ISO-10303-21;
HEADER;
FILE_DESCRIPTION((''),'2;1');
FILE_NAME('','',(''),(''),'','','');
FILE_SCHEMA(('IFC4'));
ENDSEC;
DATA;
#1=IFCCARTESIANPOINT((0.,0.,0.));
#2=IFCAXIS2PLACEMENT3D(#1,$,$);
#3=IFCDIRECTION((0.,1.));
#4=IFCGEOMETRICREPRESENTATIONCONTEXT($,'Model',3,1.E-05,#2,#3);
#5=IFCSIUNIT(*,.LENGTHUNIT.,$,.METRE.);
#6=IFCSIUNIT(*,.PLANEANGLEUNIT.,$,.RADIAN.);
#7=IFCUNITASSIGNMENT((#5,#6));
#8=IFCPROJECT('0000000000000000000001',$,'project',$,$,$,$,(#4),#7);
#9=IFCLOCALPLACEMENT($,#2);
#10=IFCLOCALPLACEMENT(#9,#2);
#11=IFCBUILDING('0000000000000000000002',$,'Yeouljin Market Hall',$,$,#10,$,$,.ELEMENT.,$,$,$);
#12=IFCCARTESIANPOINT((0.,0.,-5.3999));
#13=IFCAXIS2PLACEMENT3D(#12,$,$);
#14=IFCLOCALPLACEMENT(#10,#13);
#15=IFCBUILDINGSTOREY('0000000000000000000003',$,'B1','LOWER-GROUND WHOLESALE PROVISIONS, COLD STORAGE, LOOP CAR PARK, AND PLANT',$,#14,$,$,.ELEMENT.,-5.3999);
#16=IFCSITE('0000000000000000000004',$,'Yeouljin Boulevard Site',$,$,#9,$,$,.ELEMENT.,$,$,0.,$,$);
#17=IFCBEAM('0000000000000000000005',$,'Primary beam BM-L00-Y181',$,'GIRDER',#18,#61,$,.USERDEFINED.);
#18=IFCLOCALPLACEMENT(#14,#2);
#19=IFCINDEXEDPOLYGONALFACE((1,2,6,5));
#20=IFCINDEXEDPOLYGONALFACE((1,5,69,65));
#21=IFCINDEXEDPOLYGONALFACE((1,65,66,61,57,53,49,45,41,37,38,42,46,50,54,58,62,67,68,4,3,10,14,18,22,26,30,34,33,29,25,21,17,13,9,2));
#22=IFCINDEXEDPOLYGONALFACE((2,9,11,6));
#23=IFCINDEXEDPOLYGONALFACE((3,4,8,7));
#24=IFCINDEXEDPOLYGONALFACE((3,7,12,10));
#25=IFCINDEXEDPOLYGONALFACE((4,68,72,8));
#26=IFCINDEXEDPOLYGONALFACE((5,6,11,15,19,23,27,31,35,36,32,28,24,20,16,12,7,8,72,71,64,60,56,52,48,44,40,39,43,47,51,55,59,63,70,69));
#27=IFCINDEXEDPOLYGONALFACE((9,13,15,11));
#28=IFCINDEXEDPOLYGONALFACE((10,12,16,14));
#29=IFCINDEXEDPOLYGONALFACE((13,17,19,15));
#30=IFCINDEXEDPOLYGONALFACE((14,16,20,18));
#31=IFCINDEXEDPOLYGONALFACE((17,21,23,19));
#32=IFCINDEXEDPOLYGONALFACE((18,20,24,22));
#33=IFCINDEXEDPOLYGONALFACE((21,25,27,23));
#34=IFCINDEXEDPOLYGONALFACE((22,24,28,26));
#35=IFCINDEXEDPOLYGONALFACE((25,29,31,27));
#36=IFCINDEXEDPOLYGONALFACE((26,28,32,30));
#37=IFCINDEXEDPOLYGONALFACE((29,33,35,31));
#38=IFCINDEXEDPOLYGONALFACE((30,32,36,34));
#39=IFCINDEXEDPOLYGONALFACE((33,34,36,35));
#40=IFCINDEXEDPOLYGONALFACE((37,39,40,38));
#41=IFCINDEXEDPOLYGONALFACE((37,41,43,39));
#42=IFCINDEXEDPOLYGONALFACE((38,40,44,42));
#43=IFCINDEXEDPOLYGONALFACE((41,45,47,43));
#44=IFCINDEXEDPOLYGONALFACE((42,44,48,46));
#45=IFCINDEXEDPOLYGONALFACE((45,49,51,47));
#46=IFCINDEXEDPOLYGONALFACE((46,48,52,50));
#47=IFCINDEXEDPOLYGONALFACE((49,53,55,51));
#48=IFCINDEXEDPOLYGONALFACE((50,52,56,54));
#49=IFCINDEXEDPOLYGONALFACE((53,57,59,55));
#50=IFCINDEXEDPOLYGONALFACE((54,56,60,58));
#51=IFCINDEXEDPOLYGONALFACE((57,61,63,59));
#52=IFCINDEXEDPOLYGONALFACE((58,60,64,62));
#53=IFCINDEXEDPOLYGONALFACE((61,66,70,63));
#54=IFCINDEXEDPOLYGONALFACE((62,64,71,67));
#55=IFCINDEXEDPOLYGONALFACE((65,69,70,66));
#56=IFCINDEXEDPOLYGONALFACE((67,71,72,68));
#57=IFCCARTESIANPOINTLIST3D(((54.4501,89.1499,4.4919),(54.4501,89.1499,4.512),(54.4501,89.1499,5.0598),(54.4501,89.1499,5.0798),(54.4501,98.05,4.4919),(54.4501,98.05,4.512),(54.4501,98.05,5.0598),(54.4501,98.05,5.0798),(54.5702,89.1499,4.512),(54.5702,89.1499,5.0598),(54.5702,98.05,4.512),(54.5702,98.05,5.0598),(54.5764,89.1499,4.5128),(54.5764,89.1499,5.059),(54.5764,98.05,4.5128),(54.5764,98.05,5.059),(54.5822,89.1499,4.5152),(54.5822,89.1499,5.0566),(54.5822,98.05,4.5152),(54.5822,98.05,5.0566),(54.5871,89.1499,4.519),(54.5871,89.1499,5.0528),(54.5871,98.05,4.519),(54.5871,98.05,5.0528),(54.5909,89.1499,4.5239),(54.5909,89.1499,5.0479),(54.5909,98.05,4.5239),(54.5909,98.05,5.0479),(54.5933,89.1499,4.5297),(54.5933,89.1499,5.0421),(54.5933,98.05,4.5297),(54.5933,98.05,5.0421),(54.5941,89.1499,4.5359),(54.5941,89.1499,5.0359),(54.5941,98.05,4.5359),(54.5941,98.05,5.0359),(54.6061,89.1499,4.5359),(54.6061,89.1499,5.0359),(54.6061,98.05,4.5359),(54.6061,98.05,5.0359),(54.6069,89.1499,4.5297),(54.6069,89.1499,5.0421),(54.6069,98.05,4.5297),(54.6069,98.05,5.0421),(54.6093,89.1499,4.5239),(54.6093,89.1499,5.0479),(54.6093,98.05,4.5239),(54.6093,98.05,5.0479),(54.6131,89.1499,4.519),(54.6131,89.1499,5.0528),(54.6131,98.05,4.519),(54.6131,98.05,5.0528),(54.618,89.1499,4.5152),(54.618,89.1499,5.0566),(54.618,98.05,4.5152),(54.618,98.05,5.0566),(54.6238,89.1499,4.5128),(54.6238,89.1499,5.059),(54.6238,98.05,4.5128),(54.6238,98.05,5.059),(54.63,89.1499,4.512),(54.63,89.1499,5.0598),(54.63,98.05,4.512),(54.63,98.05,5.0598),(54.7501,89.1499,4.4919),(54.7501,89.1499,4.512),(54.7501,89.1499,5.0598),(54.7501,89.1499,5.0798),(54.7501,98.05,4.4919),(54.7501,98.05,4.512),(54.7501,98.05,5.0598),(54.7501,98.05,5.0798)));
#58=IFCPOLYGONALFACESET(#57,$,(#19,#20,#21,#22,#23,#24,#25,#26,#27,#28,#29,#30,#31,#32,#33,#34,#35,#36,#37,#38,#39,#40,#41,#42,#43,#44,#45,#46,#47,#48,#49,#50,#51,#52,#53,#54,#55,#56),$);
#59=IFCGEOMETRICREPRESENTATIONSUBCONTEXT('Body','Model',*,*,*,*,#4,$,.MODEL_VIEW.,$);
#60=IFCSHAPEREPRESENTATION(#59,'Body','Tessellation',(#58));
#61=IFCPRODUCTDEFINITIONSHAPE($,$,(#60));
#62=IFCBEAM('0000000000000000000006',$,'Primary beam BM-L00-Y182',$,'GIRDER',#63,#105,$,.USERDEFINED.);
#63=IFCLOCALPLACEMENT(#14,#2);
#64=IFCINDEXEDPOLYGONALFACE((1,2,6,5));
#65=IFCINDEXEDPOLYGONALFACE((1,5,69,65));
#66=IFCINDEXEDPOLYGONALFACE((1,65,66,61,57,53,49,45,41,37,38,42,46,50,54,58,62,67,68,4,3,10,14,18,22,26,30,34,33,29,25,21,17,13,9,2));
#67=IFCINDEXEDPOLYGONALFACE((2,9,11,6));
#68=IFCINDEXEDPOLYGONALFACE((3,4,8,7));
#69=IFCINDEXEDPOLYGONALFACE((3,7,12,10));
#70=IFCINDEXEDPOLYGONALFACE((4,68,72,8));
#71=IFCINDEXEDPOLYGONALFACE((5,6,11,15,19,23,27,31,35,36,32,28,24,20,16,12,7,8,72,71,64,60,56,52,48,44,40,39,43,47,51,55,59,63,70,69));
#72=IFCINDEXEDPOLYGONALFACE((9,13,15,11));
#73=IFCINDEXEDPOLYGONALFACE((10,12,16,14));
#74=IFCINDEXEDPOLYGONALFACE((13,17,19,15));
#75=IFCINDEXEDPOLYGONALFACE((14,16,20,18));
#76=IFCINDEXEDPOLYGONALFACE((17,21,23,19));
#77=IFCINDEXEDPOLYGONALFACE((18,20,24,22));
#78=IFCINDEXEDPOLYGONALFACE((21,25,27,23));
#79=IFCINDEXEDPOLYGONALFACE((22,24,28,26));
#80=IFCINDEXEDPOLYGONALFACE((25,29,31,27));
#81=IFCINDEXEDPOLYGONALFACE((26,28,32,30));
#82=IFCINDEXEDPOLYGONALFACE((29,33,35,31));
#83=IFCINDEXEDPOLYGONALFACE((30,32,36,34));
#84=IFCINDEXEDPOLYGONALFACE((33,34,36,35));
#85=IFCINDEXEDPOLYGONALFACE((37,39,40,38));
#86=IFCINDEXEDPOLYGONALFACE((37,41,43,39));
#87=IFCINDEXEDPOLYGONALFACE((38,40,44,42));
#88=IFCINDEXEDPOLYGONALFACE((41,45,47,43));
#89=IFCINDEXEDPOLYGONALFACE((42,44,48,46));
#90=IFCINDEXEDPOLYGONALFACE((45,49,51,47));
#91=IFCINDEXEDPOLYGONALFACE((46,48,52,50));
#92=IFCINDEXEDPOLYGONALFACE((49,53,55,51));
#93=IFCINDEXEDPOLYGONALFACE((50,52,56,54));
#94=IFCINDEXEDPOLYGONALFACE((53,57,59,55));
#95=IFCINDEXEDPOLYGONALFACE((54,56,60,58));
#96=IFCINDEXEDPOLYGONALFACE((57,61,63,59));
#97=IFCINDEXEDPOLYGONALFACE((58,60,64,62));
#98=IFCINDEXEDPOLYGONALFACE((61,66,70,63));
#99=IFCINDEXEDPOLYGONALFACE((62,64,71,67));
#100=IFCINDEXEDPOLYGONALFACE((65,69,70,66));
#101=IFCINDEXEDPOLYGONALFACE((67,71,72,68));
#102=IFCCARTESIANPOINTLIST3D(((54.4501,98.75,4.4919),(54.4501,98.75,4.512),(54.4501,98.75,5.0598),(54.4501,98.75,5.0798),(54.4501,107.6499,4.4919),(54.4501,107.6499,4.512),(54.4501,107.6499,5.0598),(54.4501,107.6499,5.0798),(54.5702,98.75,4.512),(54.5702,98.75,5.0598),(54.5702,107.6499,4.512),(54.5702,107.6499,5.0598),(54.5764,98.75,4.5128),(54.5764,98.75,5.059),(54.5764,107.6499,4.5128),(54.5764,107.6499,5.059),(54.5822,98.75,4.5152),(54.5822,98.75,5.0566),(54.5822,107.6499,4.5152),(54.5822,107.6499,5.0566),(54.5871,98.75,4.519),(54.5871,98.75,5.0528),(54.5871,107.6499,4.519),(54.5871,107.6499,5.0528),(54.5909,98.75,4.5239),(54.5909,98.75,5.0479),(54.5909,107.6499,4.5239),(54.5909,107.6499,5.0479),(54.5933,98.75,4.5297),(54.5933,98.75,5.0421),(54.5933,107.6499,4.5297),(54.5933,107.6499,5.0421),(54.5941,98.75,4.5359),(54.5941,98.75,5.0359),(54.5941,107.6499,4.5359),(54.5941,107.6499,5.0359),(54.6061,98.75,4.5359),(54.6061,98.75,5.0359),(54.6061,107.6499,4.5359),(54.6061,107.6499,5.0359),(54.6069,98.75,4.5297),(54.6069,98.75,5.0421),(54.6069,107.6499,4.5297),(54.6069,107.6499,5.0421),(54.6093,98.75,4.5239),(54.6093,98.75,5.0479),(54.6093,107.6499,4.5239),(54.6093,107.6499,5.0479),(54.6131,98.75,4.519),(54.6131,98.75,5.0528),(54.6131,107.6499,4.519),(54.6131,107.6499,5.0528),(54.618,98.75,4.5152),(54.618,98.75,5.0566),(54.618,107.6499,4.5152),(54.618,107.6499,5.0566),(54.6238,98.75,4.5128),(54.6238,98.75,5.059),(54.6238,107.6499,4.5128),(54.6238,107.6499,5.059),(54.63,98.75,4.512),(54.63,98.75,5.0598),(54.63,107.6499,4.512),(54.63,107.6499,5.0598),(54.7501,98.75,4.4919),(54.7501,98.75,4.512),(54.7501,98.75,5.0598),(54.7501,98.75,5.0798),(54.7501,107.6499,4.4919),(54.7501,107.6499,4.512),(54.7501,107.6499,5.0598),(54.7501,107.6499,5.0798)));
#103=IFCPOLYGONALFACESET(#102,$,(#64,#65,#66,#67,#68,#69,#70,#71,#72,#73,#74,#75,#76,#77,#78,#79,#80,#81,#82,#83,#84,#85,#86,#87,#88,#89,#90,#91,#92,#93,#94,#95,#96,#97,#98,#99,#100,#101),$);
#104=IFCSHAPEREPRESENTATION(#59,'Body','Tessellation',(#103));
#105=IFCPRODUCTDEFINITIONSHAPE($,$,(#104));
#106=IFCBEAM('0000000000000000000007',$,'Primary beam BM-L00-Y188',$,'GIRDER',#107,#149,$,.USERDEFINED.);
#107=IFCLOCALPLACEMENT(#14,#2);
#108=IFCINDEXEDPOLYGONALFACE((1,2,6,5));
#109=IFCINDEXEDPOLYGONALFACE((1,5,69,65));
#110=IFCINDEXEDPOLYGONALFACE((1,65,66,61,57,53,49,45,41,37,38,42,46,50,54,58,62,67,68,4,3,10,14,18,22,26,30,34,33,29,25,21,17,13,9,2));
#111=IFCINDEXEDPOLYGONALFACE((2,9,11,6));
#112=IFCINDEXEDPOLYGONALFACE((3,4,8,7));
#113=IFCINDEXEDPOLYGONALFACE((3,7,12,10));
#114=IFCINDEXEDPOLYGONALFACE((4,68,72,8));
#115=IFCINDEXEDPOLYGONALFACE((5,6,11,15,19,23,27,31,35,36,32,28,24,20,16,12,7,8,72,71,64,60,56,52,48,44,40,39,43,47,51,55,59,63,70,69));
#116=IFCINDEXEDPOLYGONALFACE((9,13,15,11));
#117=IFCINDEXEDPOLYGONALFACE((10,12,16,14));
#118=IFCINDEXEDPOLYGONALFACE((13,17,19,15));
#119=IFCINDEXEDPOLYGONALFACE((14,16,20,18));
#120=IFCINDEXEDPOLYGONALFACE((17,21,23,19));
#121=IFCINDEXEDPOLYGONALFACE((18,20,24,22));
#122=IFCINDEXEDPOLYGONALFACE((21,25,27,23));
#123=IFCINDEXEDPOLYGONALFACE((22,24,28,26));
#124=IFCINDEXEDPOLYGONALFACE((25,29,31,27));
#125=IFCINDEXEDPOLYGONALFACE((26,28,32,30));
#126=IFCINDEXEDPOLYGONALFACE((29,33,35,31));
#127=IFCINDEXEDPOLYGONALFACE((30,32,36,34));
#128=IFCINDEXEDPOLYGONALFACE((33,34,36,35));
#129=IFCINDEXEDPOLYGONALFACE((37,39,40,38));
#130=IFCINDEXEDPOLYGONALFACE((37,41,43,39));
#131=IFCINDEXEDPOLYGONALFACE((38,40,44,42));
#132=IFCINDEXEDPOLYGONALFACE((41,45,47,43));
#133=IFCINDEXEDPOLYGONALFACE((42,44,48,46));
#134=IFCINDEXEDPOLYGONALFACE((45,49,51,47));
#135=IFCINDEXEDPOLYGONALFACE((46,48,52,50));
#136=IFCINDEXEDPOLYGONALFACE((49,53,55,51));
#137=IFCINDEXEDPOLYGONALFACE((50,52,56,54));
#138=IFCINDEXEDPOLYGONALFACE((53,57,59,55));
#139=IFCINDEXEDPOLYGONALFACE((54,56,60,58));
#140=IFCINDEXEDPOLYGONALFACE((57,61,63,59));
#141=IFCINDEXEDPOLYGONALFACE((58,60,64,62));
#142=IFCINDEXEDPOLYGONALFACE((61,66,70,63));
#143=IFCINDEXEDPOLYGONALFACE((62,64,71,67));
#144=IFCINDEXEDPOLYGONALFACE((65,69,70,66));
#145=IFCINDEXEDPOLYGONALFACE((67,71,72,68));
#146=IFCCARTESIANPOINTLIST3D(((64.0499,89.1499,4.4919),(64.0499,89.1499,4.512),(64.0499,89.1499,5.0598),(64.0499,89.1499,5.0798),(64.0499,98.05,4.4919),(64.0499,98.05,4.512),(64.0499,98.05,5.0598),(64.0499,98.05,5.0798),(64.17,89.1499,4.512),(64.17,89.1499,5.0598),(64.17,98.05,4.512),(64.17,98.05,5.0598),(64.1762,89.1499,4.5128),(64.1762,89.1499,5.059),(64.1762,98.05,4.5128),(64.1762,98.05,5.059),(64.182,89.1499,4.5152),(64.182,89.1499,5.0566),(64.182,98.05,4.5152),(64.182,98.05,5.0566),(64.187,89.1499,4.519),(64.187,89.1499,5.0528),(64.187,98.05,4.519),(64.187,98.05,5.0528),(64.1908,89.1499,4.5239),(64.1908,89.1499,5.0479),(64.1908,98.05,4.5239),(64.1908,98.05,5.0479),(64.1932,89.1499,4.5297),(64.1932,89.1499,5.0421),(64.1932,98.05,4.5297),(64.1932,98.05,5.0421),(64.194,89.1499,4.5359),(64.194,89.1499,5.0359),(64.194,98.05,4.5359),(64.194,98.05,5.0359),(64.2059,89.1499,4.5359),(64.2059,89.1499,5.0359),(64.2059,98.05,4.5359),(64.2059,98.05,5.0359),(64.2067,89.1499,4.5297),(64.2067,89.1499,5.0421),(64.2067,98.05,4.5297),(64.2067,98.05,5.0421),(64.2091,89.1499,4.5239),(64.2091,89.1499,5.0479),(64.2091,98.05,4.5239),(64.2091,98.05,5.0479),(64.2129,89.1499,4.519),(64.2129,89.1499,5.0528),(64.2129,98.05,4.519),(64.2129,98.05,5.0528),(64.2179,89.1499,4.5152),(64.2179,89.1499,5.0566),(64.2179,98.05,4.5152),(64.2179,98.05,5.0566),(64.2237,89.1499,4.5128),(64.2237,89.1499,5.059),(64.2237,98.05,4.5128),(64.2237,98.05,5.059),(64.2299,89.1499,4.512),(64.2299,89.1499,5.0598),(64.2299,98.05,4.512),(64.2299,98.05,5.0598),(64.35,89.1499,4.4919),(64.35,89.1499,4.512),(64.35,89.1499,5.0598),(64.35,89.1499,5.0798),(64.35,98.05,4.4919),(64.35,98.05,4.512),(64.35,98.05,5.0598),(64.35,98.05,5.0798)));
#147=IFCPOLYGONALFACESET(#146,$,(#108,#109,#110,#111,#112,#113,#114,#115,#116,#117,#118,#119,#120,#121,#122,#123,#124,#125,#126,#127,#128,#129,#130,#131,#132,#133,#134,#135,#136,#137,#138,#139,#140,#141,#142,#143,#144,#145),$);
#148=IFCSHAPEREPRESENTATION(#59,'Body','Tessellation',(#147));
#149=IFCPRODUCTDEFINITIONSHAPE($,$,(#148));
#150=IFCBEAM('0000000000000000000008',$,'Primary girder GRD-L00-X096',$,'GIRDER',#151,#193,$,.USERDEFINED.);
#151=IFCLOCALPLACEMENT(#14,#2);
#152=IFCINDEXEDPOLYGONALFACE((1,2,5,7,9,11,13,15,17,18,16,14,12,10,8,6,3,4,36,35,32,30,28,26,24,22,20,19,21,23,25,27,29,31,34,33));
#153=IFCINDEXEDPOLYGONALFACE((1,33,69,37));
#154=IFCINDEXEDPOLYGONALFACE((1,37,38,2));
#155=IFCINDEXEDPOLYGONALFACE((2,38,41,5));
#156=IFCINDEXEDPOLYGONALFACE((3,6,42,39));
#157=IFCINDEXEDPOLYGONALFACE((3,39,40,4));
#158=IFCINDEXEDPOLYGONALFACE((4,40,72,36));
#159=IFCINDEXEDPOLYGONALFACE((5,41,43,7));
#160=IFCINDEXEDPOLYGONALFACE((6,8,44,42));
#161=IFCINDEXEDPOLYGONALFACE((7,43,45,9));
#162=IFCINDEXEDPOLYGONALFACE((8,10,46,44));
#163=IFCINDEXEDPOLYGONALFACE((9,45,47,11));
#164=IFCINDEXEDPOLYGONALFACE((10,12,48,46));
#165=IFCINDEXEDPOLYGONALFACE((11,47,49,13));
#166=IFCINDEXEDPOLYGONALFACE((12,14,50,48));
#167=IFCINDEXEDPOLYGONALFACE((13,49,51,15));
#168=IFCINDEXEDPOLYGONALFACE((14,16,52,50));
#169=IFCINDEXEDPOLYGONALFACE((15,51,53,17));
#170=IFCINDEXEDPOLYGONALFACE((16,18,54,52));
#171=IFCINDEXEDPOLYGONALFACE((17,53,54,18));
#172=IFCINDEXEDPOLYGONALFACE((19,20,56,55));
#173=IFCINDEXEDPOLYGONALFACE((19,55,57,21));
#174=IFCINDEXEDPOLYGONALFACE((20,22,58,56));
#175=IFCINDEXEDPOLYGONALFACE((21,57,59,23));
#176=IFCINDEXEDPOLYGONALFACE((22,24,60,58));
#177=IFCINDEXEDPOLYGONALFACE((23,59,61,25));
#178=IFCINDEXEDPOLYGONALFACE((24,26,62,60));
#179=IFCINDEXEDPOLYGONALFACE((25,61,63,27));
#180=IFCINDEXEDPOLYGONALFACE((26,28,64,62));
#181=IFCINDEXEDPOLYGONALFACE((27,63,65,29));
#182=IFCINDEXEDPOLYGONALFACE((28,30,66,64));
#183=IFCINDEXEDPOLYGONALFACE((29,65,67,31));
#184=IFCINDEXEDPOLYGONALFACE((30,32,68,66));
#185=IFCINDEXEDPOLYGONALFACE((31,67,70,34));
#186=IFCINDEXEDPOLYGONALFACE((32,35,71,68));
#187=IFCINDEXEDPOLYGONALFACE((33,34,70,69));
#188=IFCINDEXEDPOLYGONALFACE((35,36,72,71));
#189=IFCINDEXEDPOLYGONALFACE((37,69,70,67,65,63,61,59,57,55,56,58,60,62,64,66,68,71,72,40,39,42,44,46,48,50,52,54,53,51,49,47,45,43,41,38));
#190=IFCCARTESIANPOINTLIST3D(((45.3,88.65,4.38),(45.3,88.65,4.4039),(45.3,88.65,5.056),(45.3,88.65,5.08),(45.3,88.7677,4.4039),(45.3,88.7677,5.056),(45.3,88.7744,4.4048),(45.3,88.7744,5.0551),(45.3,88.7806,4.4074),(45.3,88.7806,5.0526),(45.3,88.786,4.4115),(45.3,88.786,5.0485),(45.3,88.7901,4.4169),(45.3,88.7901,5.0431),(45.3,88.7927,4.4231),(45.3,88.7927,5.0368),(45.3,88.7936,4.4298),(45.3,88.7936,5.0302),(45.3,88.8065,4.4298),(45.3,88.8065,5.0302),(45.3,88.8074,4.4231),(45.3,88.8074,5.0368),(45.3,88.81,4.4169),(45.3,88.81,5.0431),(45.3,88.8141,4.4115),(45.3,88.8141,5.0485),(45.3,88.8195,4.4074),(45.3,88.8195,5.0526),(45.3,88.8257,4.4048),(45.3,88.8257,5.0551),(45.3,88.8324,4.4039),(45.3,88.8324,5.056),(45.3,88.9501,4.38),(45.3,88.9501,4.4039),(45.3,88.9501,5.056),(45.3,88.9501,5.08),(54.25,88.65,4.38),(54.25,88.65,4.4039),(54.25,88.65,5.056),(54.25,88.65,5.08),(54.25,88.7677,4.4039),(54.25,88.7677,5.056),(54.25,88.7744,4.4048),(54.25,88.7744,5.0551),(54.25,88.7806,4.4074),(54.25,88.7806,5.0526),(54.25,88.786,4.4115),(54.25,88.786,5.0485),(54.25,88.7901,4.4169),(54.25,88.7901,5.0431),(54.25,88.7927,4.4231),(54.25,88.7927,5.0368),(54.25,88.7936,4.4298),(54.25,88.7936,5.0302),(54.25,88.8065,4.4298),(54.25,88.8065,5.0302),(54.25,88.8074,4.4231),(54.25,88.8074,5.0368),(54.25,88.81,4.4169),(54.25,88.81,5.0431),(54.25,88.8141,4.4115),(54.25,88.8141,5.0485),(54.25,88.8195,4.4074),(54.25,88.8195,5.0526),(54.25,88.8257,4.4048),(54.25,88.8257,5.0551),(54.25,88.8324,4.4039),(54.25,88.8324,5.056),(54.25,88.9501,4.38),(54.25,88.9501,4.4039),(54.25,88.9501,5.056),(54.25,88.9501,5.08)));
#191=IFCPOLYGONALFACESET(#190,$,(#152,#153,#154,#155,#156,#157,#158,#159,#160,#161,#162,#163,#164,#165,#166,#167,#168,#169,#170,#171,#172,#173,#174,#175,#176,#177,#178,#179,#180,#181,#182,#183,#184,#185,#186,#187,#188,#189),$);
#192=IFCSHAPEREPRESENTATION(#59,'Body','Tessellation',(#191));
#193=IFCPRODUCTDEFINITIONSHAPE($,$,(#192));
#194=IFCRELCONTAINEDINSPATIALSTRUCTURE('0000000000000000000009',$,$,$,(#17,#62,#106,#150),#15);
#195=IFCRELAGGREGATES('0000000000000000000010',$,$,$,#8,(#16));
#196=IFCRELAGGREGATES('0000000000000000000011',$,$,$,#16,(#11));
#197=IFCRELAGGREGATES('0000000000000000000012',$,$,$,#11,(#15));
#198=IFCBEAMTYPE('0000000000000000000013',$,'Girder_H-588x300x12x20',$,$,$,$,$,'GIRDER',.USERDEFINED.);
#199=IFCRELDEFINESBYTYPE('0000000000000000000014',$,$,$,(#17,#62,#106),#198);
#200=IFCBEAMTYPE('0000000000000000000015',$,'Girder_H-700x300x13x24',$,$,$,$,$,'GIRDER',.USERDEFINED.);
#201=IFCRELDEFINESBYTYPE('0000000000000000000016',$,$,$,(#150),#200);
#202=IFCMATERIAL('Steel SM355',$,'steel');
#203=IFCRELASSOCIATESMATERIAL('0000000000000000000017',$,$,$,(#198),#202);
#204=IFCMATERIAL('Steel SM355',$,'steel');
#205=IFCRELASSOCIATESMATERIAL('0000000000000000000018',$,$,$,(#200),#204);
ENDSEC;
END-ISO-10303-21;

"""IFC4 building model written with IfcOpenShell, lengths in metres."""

from ifc_helpers import new_model, si_unit, direction, frame, origin, origin_2d, place, context, subcontext, project, spatial, i_section, extrude, material, material_profile, profile_set, type_object, element, save


model = new_model("IFC4")

# Units and contexts
model_context = context("Model", 3, precision=1e-05, world=origin(), true_north=direction((0.0, 1.0)))
body_context = subcontext(model_context, "Body", "Model", "MODEL_VIEW")
ifc_project = project(units=[si_unit("LENGTHUNIT", "METRE"), si_unit("PLANEANGLEUNIT", "RADIAN")], contexts=[model_context])

# Site, building, storey
site_placement = place(None, origin())
site = spatial("IfcSite", under=ifc_project, at=site_placement, Name="Yeouljin Boulevard Site", CompositionType="ELEMENT", RefElevation=0.0)
building_placement = place(site_placement, origin())
building = spatial("IfcBuilding", under=site, at=building_placement, Name="Yeouljin Market Hall", CompositionType="ELEMENT")
storey_placement = place(building_placement, frame((0.0, 0.0, -5.3999)))
storey = spatial("IfcBuildingStorey", under=building, at=storey_placement, Name="B1", Description="LOWER-GROUND WHOLESALE PROVISIONS, COLD STORAGE, LOOP CAR PARK, AND PLANT", CompositionType="ELEMENT", Elevation=-5.3999)

# Beams
ifc_material_1 = material(Name="Steel SM355", Category="steel")
ifc_material_profile_1 = material_profile(ifc_material_1, i_section(OverallWidth=0.3, OverallDepth=0.5879, WebThickness=0.012, FlangeThickness=0.02, FilletRadius=0.0239, at=origin_2d()), Name="H-588x300x12x20")
ifc_profile_set_1 = profile_set([ifc_material_profile_1], Name="Steel SM355")
beam_type_1 = type_object("IfcBeamType", Name="Girder_H-588x300x12x20", ElementType="GIRDER", PredefinedType="USERDEFINED", material=ifc_profile_set_1)
beam_1_placement = place(storey_placement, frame((54.6001, 89.1499, 4.7859), z_axis=(0.0, 1.0, 0.0), x_axis=(-1.0, 0.0, 0.0)))
element("IfcBeam", 1, at=beam_1_placement, inside=storey, type_object=beam_type_1, Name="Primary beam BM-L00-Y181", ObjectType="GIRDER", PredefinedType="USERDEFINED", context=body_context, shape_type="SweptSolid", body=[
    extrude(i_section(OverallWidth=0.3, OverallDepth=0.5879, WebThickness=0.012, FlangeThickness=0.02, FilletRadius=0.0239, at=origin_2d()), origin(), (0.0, 0.0, 1.0), 8.9001),
])
beam_2_placement = place(storey_placement, frame((54.6001, 98.75, 4.7859), z_axis=(0.0, 1.0, 0.0), x_axis=(-1.0, 0.0, 0.0)))
element("IfcBeam", 2, at=beam_2_placement, inside=storey, type_object=beam_type_1, Name="Primary beam BM-L00-Y182", ObjectType="GIRDER", PredefinedType="USERDEFINED", context=body_context, shape_type="SweptSolid", body=[
    extrude(i_section(OverallWidth=0.3, OverallDepth=0.5879, WebThickness=0.012, FlangeThickness=0.02, FilletRadius=0.0239, at=origin_2d()), origin(), (0.0, 0.0, 1.0), 8.8999),
])
beam_3_placement = place(storey_placement, frame((64.2, 89.1499, 4.7859), z_axis=(0.0, 1.0, 0.0), x_axis=(-1.0, 0.0, 0.0)))
element("IfcBeam", 3, at=beam_3_placement, inside=storey, type_object=beam_type_1, Name="Primary beam BM-L00-Y188", ObjectType="GIRDER", PredefinedType="USERDEFINED", context=body_context, shape_type="SweptSolid", body=[
    extrude(i_section(OverallWidth=0.3, OverallDepth=0.5879, WebThickness=0.012, FlangeThickness=0.02, FilletRadius=0.0239, at=origin_2d()), origin(), (0.0, 0.0, 1.0), 8.9001),
])
ifc_material_2 = material(Name="Steel SM355", Category="steel")
ifc_material_profile_2 = material_profile(ifc_material_2, i_section(OverallWidth=0.3, OverallDepth=0.7, WebThickness=0.0129, FlangeThickness=0.0239, FilletRadius=0.0259, at=origin_2d()), Name="H-700x300x13x24")
ifc_profile_set_2 = profile_set([ifc_material_profile_2], Name="Steel SM355")
beam_type_2 = type_object("IfcBeamType", Name="Girder_H-700x300x13x24", ElementType="GIRDER", PredefinedType="USERDEFINED", material=ifc_profile_set_2)
beam_4_placement = place(storey_placement, frame((45.3, 88.8, 4.73), z_axis=(1.0, 0.0, 0.0), x_axis=(0.0, 1.0, 0.0)))
element("IfcBeam", 4, at=beam_4_placement, inside=storey, type_object=beam_type_2, Name="Primary girder GRD-L00-X096", ObjectType="GIRDER", PredefinedType="USERDEFINED", context=body_context, shape_type="SweptSolid", body=[
    extrude(i_section(OverallWidth=0.3, OverallDepth=0.7, WebThickness=0.0129, FlangeThickness=0.0239, FilletRadius=0.0259, at=origin_2d()), origin(), (0.0, 0.0, 1.0), 8.95),
])

save(model, "model.ifc")
